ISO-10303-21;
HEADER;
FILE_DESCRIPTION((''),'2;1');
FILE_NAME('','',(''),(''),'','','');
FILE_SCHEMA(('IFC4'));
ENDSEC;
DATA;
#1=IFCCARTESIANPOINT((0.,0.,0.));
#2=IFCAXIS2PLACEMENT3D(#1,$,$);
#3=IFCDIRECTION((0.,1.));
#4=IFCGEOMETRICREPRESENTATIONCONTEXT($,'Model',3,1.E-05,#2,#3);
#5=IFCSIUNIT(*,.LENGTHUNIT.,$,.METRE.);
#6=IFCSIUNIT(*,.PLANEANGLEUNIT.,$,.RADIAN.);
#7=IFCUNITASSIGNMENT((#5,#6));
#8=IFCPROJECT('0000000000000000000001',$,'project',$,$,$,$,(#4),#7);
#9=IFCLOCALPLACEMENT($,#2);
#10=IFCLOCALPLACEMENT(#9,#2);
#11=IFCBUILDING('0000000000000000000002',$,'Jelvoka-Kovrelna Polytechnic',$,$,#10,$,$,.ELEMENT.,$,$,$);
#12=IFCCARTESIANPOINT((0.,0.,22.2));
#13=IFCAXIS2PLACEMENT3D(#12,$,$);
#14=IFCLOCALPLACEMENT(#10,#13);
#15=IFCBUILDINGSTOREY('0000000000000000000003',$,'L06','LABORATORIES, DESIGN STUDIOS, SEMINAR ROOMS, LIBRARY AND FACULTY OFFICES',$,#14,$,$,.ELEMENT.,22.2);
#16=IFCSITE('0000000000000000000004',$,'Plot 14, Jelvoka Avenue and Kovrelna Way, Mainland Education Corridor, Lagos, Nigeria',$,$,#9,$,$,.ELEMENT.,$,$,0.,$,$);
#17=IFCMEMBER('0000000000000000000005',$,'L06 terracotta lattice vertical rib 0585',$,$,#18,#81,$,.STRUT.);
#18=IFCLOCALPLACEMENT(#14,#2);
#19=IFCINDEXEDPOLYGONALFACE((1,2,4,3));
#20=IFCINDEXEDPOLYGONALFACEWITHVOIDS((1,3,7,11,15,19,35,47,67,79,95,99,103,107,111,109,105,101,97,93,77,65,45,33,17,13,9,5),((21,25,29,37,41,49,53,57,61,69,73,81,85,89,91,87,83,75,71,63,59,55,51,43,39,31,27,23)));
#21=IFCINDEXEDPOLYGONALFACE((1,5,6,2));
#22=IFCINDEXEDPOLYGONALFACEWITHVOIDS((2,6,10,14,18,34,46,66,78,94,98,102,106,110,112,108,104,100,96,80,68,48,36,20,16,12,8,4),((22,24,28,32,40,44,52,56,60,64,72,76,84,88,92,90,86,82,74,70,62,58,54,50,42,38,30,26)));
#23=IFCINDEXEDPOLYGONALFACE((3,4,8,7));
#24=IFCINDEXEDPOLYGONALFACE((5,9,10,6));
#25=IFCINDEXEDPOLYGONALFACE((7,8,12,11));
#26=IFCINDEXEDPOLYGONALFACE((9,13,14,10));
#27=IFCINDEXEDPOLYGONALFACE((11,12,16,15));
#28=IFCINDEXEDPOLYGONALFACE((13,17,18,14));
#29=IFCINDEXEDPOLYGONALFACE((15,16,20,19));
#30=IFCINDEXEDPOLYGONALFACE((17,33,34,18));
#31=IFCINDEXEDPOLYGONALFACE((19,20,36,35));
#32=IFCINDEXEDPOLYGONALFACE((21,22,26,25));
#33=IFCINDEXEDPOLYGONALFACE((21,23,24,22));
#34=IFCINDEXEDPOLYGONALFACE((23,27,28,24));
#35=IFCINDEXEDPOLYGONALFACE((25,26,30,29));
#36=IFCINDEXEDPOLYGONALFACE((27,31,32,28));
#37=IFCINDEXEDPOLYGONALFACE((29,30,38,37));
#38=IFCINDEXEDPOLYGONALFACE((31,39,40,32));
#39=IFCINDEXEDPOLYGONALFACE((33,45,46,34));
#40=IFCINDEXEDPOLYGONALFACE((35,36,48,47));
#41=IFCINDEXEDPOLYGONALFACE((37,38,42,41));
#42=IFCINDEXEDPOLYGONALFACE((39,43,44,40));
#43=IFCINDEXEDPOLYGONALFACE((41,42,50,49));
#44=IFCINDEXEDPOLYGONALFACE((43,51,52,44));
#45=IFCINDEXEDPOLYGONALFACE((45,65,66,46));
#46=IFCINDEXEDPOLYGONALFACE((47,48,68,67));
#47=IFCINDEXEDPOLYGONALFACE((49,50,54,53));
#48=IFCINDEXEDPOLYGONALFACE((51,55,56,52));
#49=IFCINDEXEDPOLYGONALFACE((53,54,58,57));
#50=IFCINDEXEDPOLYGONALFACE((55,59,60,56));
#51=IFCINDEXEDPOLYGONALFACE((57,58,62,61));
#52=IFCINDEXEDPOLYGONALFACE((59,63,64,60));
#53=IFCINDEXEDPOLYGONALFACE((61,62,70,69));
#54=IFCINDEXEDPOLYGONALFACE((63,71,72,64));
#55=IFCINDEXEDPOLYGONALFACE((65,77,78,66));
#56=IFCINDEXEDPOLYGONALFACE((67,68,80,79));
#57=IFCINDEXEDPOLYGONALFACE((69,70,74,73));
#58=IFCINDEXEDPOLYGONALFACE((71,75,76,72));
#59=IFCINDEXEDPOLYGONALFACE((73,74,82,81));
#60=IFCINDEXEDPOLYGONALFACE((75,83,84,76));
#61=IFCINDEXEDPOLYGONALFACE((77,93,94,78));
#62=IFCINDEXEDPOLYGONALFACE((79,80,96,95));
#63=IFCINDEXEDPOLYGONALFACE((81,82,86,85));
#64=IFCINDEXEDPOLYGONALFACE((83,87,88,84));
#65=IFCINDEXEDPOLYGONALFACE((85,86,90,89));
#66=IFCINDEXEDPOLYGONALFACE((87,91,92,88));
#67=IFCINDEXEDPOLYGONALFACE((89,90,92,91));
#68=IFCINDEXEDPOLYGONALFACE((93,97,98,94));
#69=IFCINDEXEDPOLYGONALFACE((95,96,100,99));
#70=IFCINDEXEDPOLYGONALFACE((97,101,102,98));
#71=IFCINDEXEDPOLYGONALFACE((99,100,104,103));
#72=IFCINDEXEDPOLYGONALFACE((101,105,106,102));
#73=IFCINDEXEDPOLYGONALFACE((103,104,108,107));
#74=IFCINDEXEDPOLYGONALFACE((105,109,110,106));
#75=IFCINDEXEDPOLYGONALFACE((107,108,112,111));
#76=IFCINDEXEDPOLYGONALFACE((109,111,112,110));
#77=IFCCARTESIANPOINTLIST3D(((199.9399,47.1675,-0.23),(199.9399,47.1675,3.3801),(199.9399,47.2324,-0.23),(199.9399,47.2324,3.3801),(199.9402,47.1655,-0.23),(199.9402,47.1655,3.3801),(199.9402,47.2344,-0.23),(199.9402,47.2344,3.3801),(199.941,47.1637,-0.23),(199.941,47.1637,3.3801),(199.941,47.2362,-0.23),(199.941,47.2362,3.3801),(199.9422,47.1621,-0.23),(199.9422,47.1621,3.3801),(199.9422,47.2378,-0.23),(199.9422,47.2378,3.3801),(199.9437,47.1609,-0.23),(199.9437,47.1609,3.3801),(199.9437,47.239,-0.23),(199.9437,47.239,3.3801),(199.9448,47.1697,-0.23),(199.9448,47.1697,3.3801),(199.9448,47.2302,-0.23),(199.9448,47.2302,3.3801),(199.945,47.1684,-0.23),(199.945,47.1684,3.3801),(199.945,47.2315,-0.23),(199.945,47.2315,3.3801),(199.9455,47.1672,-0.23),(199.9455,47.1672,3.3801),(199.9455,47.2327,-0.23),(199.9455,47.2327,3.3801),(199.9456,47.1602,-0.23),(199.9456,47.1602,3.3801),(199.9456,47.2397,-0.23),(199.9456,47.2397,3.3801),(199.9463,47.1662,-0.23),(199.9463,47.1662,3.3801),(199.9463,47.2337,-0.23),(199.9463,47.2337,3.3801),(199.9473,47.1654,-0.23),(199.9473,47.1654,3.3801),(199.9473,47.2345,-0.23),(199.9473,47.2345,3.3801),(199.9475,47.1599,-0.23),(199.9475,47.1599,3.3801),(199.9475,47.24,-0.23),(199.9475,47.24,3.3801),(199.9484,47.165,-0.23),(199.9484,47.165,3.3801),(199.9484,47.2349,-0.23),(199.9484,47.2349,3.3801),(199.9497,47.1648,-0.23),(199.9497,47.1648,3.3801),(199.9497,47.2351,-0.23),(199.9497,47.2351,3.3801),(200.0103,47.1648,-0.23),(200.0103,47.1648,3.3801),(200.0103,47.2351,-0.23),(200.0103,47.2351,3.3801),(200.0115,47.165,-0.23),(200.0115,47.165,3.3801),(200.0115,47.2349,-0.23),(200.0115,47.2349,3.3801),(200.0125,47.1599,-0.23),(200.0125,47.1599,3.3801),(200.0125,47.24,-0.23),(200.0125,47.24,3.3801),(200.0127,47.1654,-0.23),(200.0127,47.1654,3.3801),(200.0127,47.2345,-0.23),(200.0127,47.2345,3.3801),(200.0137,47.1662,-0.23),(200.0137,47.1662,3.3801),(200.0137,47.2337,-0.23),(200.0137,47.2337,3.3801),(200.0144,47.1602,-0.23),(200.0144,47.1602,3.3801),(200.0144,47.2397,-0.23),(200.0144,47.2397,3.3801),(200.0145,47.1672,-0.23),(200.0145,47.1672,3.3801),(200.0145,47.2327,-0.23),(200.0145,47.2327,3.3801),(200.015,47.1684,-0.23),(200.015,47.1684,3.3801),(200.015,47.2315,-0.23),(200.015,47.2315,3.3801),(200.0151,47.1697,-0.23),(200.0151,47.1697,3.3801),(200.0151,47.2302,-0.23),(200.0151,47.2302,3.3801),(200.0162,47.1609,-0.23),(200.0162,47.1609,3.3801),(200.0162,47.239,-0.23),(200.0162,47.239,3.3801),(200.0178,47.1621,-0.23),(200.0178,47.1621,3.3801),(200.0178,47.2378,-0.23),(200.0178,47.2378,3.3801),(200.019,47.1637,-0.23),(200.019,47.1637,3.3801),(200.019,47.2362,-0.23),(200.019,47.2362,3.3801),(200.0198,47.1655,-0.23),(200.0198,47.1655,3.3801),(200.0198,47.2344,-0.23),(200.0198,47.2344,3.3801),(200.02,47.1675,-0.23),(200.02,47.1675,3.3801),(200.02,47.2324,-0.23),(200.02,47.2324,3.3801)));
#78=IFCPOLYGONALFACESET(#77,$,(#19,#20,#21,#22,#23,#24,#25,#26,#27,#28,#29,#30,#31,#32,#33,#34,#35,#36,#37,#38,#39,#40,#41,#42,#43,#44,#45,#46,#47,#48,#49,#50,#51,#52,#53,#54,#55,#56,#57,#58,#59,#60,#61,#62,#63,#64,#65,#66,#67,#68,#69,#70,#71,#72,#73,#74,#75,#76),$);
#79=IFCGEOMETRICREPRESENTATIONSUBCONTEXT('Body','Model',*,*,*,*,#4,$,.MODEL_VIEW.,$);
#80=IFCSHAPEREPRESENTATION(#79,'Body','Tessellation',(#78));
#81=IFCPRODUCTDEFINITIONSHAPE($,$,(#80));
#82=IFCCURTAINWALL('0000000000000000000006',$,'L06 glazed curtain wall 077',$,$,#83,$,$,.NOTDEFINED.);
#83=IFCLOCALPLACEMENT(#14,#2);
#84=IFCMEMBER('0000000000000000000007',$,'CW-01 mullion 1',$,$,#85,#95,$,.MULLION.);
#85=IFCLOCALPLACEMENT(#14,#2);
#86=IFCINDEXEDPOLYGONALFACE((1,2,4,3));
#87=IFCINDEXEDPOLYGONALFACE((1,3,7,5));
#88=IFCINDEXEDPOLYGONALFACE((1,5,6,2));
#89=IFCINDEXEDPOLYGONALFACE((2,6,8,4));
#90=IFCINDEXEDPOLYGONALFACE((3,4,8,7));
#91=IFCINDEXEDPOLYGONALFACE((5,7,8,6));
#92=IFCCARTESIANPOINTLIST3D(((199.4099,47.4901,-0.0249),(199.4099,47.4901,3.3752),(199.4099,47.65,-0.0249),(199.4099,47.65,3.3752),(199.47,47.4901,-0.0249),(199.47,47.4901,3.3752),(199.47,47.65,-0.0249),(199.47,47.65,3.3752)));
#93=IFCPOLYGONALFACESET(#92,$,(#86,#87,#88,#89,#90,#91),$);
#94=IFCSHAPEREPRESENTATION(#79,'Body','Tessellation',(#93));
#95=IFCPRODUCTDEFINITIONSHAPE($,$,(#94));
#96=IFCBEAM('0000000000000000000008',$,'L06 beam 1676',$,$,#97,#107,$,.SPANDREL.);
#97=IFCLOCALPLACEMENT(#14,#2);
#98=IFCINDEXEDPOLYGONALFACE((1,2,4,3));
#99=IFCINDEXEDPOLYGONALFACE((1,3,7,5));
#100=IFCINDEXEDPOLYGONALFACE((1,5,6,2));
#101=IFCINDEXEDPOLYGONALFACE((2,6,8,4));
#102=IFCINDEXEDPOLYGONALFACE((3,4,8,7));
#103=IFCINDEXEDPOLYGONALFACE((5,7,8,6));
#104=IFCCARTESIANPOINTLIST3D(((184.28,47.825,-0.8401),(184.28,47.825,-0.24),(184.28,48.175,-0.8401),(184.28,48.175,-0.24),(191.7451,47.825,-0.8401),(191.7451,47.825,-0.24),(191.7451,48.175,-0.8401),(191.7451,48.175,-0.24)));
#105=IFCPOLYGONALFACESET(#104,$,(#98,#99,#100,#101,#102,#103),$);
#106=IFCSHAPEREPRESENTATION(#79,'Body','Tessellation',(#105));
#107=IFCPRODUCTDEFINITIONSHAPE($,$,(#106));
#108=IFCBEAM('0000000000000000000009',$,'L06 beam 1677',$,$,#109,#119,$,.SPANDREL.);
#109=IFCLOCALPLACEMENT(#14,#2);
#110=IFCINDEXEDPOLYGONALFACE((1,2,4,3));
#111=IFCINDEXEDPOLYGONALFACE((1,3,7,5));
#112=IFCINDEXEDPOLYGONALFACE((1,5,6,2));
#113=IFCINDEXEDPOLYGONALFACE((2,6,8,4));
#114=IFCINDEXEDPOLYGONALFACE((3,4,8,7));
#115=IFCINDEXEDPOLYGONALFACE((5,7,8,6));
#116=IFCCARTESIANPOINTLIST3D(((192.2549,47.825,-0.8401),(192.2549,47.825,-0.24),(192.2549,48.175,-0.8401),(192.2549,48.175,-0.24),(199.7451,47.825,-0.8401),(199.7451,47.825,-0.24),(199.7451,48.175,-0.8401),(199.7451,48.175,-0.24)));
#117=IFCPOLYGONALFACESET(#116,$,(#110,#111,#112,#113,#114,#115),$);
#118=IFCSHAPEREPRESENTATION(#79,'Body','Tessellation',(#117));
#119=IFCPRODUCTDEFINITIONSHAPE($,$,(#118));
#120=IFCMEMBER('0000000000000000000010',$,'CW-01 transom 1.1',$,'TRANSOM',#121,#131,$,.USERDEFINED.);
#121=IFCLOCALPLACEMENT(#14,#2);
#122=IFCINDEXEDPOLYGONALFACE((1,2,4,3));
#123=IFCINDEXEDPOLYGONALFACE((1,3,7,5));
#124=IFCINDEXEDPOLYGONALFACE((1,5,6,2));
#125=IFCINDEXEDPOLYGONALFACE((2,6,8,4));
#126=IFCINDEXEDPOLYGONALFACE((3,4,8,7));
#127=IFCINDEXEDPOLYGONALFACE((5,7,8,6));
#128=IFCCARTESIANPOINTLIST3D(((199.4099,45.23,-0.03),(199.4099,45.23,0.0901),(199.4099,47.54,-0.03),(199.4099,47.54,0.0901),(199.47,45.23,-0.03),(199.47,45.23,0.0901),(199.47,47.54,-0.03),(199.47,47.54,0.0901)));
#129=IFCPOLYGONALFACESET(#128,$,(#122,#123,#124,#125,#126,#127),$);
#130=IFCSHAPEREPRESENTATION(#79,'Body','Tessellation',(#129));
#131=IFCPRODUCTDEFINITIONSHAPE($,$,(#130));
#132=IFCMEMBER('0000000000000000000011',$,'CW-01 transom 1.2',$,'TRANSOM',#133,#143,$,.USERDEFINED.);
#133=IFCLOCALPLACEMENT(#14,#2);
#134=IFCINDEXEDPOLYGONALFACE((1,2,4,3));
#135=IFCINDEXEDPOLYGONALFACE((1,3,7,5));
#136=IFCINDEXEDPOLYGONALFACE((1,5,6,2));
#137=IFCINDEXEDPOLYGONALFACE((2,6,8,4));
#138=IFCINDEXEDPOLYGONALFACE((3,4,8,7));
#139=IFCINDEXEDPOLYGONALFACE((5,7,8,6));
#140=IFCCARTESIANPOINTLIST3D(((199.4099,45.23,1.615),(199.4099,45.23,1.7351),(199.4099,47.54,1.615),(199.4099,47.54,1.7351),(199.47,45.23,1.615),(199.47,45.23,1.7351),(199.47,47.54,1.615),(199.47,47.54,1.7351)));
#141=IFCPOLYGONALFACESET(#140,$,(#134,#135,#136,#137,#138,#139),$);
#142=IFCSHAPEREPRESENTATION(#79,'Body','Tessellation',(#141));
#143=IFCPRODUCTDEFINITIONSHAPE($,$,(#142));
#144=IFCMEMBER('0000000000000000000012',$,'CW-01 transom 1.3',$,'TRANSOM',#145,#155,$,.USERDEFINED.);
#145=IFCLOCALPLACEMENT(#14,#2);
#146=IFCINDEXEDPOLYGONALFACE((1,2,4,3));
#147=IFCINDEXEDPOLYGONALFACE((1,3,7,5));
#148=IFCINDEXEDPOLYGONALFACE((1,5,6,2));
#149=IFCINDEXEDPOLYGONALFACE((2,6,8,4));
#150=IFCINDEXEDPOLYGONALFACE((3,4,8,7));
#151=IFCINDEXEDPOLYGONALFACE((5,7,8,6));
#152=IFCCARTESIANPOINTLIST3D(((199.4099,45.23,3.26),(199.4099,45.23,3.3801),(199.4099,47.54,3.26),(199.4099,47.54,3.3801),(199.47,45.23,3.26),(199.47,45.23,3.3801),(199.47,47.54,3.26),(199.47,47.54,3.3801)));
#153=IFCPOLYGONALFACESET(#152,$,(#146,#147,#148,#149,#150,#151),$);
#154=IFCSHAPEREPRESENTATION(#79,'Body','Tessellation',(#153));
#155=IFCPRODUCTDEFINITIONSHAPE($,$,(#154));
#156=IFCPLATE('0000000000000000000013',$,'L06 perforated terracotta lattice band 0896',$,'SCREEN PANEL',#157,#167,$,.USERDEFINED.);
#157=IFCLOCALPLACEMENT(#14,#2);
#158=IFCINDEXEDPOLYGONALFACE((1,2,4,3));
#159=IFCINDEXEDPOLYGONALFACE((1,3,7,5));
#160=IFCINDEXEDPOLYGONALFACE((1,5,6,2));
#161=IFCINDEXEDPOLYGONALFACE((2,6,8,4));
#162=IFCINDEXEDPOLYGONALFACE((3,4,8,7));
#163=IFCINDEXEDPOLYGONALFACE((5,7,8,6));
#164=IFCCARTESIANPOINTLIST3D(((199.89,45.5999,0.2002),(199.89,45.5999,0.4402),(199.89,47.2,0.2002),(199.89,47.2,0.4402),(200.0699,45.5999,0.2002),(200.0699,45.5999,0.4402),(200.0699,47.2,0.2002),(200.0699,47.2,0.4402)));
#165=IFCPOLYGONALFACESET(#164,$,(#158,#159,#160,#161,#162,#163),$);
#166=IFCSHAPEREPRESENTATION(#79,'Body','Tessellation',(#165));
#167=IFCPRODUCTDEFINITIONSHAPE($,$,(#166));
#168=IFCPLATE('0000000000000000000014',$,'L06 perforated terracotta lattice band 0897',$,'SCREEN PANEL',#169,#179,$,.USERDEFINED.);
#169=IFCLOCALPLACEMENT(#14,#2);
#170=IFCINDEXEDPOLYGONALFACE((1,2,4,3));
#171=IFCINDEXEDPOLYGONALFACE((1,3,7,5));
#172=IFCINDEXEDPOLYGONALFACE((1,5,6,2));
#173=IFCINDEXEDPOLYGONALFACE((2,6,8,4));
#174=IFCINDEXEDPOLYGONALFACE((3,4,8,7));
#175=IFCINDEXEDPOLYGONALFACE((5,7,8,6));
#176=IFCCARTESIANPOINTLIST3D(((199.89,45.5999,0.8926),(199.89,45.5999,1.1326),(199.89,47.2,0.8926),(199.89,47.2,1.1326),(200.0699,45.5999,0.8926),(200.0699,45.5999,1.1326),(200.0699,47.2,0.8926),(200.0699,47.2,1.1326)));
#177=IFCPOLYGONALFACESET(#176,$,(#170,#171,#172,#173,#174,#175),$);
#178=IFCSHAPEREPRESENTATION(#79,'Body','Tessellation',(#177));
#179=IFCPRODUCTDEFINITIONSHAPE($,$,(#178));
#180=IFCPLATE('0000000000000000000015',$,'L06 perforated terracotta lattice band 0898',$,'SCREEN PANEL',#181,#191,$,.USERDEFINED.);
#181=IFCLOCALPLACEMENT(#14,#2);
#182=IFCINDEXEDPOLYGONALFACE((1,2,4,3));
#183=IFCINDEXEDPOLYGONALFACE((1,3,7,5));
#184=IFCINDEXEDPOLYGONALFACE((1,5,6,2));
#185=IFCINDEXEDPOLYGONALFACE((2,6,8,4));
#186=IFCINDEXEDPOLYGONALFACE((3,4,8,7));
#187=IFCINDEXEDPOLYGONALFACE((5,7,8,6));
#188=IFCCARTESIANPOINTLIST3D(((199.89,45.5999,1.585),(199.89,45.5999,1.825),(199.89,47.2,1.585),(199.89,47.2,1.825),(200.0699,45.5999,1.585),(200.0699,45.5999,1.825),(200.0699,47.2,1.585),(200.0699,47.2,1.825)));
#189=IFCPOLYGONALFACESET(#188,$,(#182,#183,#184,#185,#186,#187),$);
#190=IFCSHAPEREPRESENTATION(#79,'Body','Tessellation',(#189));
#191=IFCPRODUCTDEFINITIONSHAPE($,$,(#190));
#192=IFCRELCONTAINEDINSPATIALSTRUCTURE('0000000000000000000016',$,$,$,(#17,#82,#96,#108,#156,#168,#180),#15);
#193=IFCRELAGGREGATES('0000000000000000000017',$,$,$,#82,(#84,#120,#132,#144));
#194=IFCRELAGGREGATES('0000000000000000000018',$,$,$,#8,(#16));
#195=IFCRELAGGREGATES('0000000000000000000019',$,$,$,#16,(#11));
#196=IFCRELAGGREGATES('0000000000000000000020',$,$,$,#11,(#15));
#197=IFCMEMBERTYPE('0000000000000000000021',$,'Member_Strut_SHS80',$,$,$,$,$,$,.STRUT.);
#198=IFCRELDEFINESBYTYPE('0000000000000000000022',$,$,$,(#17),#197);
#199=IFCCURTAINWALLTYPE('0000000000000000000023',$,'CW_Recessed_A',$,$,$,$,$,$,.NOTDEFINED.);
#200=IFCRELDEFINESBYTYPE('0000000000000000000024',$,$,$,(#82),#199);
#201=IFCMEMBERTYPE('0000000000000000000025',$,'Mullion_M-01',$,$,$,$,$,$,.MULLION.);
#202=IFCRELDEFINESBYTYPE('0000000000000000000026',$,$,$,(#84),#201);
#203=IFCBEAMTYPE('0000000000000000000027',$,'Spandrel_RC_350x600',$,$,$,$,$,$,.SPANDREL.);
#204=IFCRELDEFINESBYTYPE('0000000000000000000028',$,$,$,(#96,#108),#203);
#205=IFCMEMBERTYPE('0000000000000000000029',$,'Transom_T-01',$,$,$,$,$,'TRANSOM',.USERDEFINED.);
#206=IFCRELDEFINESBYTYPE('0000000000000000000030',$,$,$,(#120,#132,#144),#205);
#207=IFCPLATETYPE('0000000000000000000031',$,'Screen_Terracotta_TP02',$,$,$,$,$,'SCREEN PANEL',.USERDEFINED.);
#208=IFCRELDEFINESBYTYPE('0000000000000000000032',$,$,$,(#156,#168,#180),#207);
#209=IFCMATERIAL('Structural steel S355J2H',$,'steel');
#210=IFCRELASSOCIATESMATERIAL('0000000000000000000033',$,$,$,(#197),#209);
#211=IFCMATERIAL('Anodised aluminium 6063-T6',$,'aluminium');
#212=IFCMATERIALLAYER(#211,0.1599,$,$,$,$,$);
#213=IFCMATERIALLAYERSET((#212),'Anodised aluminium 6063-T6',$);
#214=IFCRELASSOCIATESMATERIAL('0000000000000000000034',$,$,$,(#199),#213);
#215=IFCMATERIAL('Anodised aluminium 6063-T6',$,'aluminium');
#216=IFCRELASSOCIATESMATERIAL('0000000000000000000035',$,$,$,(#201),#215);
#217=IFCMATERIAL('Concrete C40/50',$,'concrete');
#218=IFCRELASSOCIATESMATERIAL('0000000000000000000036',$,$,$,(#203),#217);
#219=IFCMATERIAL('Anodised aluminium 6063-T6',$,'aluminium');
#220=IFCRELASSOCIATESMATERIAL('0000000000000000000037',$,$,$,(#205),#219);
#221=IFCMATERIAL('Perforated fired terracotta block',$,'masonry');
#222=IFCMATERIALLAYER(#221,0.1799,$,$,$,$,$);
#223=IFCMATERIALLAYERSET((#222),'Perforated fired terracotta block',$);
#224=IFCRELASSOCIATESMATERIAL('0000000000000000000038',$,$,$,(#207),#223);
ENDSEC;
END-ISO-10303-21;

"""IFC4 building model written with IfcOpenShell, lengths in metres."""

from ifc_helpers import new_model, si_unit, direction, frame, origin, origin_2d, place, context, subcontext, project, spatial, rectangle, hollow_rectangle, extrude, material, layer, layer_set, material_profile, profile_set, type_object, element, aggregate, save


model = new_model("IFC4")

# Units and contexts
model_context = context("Model", 3, precision=1e-05, world=origin(), true_north=direction((0.0, 1.0)))
body_context = subcontext(model_context, "Body", "Model", "MODEL_VIEW")
ifc_project = project(units=[si_unit("LENGTHUNIT", "METRE"), si_unit("PLANEANGLEUNIT", "RADIAN")], contexts=[model_context])

# Site, building, storey
site_placement = place(None, origin())
site = spatial("IfcSite", under=ifc_project, at=site_placement, Name="Plot 14, Jelvoka Avenue and Kovrelna Way, Mainland Education Corridor, Lagos, Nigeria", CompositionType="ELEMENT", RefElevation=0.0)
building_placement = place(site_placement, origin())
building = spatial("IfcBuilding", under=site, at=building_placement, Name="Jelvoka-Kovrelna Polytechnic", CompositionType="ELEMENT")
storey_placement = place(building_placement, frame((0.0, 0.0, 22.2)))
storey = spatial("IfcBuildingStorey", under=building, at=storey_placement, Name="L06", Description="LABORATORIES, DESIGN STUDIOS, SEMINAR ROOMS, LIBRARY AND FACULTY OFFICES", CompositionType="ELEMENT", Elevation=22.2)

# Member
ifc_material_1 = material(Name="Structural steel S355J2H", Category="steel")
ifc_material_profile_1 = material_profile(ifc_material_1, hollow_rectangle(XDim=0.0801, YDim=0.0801, WallThickness=0.0049, InnerFilletRadius=0.0049, OuterFilletRadius=0.0076, at=origin_2d()), Name="80x80x5.0 SHS")
ifc_profile_set_1 = profile_set([ifc_material_profile_1], Name="Structural steel S355J2H")
member_type_1 = type_object("IfcMemberType", Name="Member_Strut_SHS80", PredefinedType="STRUT", material=ifc_profile_set_1)
for number, where, z_axis, x_axis, name in (
    (1, (199.98, 47.2, -0.23), (0.0, 0.0, 1.0), (1.0, 0.0, 0.0), "L06 terracotta lattice vertical rib 0585"),
):
    element("IfcMember", number, at=place(storey_placement, frame(where, z_axis=z_axis, x_axis=x_axis)), inside=storey, type_object=member_type_1, Name=name, PredefinedType="STRUT", context=body_context, shape_type="SweptSolid", body=[
        extrude(hollow_rectangle(XDim=0.0801, YDim=0.0801, WallThickness=0.0049, InnerFilletRadius=0.0049, OuterFilletRadius=0.0076, at=origin_2d()), origin(), (0.0, 0.0, 1.0), 3.6101),
    ])

# Curtain wall, member
ifc_material_2 = material(Name="Anodised aluminium 6063-T6", Category="aluminium")
ifc_layer_1 = layer(ifc_material_2, 0.1599)
ifc_layer_set_1 = layer_set([ifc_layer_1], Name="Anodised aluminium 6063-T6")
curtain_wall_type = type_object("IfcCurtainWallType", Name="CW_Recessed_A", PredefinedType="NOTDEFINED", material=ifc_layer_set_1)
curtain_wall_placement = place(storey_placement, origin())
curtain_wall = element("IfcCurtainWall", 2, at=curtain_wall_placement, inside=storey, type_object=curtain_wall_type, Name="L06 glazed curtain wall 077", PredefinedType="NOTDEFINED")
ifc_material_3 = material(Name="Anodised aluminium 6063-T6", Category="aluminium")
ifc_material_profile_2 = material_profile(ifc_material_3, rectangle(XDim=0.0601, YDim=0.1599, at=origin_2d()), Name="ALU 60x160")
ifc_profile_set_2 = profile_set([ifc_material_profile_2], Name="Anodised aluminium 6063-T6")
member_type_2 = type_object("IfcMemberType", Name="Mullion_M-01", PredefinedType="MULLION", material=ifc_profile_set_2)
member_1_placement = place(storey_placement, frame((199.4399, 47.5701, -0.0249), z_axis=(0.0, 0.0, 1.0), x_axis=(1.0, 0.0, 0.0)))
member_1 = element("IfcMember", 3, at=member_1_placement, type_object=member_type_2, Name="CW-01 mullion 1", PredefinedType="MULLION", context=body_context, shape_type="SweptSolid", body=[
    extrude(rectangle(XDim=0.0601, YDim=0.1599, at=origin_2d()), origin(), (0.0, 0.0, 1.0), 3.4001),
])

# Beams
ifc_material_4 = material(Name="Concrete C40/50", Category="concrete")
ifc_material_profile_3 = material_profile(ifc_material_4, rectangle(XDim=0.3501, YDim=0.6001, at=origin_2d()), Name="RC 350x600")
ifc_profile_set_3 = profile_set([ifc_material_profile_3], Name="Concrete C40/50")
beam_type = type_object("IfcBeamType", Name="Spandrel_RC_350x600", PredefinedType="SPANDREL", material=ifc_profile_set_3)
beam_1_placement = place(storey_placement, frame((184.28, 48.0, -0.54), z_axis=(1.0, 0.0, 0.0), x_axis=(0.0, 1.0, 0.0)))
element("IfcBeam", 4, at=beam_1_placement, inside=storey, type_object=beam_type, Name="L06 beam 1676", PredefinedType="SPANDREL", context=body_context, shape_type="SweptSolid", body=[
    extrude(rectangle(XDim=0.3501, YDim=0.6001, at=origin_2d()), origin(), (0.0, 0.0, 1.0), 7.4651),
])
beam_2_placement = place(storey_placement, frame((192.2549, 48.0, -0.54), z_axis=(1.0, 0.0, 0.0), x_axis=(0.0, 1.0, 0.0)))
element("IfcBeam", 5, at=beam_2_placement, inside=storey, type_object=beam_type, Name="L06 beam 1677", PredefinedType="SPANDREL", context=body_context, shape_type="SweptSolid", body=[
    extrude(rectangle(XDim=0.3501, YDim=0.6001, at=origin_2d()), origin(), (0.0, 0.0, 1.0), 7.4902),
])

# Members
ifc_material_5 = material(Name="Anodised aluminium 6063-T6", Category="aluminium")
ifc_material_profile_4 = material_profile(ifc_material_5, rectangle(XDim=0.0601, YDim=0.1201, at=origin_2d()), Name="ALU 60x120")
ifc_profile_set_4 = profile_set([ifc_material_profile_4], Name="Anodised aluminium 6063-T6")
member_type_3 = type_object("IfcMemberType", Name="Transom_T-01", ElementType="TRANSOM", PredefinedType="USERDEFINED", material=ifc_profile_set_4)
member_2_placement = place(storey_placement, frame((199.4399, 47.54, 0.03), z_axis=(0.0, -1.0, 0.0), x_axis=(1.0, 0.0, 0.0)))
member_2 = element("IfcMember", 6, at=member_2_placement, type_object=member_type_3, Name="CW-01 transom 1.1", ObjectType="TRANSOM", PredefinedType="USERDEFINED", context=body_context, shape_type="SweptSolid", body=[
    extrude(rectangle(XDim=0.0601, YDim=0.1201, at=origin_2d()), origin(), (0.0, 0.0, 1.0), 2.3101),
])
member_3_placement = place(storey_placement, frame((199.4399, 47.54, 1.675), z_axis=(0.0, -1.0, 0.0), x_axis=(1.0, 0.0, 0.0)))
member_3 = element("IfcMember", 7, at=member_3_placement, type_object=member_type_3, Name="CW-01 transom 1.2", ObjectType="TRANSOM", PredefinedType="USERDEFINED", context=body_context, shape_type="SweptSolid", body=[
    extrude(rectangle(XDim=0.0601, YDim=0.1201, at=origin_2d()), origin(), (0.0, 0.0, 1.0), 2.3101),
])
member_4_placement = place(storey_placement, frame((199.4399, 47.54, 3.3201), z_axis=(0.0, -1.0, 0.0), x_axis=(1.0, 0.0, 0.0)))
member_4 = element("IfcMember", 8, at=member_4_placement, type_object=member_type_3, Name="CW-01 transom 1.3", ObjectType="TRANSOM", PredefinedType="USERDEFINED", context=body_context, shape_type="SweptSolid", body=[
    extrude(rectangle(XDim=0.0601, YDim=0.1201, at=origin_2d()), origin(), (0.0, 0.0, 1.0), 2.3101),
])
aggregate(curtain_wall, [member_1, member_2, member_3, member_4])

# Plates
ifc_material_6 = material(Name="Perforated fired terracotta block", Category="masonry")
ifc_layer_2 = layer(ifc_material_6, 0.1799)
ifc_layer_set_2 = layer_set([ifc_layer_2], Name="Perforated fired terracotta block")
plate_type = type_object("IfcPlateType", Name="Screen_Terracotta_TP02", ElementType="SCREEN PANEL", PredefinedType="USERDEFINED", material=ifc_layer_set_2)
for number, where, z_axis, x_axis, name in (
    (9, (199.98, 46.3999, 0.2002), (0.0, 0.0, 1.0), (0.0, 1.0, 0.0), "L06 perforated terracotta lattice band 0896"),
    (10, (199.98, 46.3999, 0.8926), (0.0, 0.0, 1.0), (0.0, 1.0, 0.0), "L06 perforated terracotta lattice band 0897"),
    (11, (199.98, 46.3999, 1.585), (0.0, 0.0, 1.0), (0.0, 1.0, 0.0), "L06 perforated terracotta lattice band 0898"),
):
    element("IfcPlate", number, at=place(storey_placement, frame(where, z_axis=z_axis, x_axis=x_axis)), inside=storey, type_object=plate_type, Name=name, ObjectType="SCREEN PANEL", PredefinedType="USERDEFINED", context=body_context, shape_type="SweptSolid", body=[
        extrude(rectangle(XDim=1.6001, YDim=0.1799, at=origin_2d()), origin(), (0.0, 0.0, 1.0), 0.24),
    ])

save(model, "model.ifc")
